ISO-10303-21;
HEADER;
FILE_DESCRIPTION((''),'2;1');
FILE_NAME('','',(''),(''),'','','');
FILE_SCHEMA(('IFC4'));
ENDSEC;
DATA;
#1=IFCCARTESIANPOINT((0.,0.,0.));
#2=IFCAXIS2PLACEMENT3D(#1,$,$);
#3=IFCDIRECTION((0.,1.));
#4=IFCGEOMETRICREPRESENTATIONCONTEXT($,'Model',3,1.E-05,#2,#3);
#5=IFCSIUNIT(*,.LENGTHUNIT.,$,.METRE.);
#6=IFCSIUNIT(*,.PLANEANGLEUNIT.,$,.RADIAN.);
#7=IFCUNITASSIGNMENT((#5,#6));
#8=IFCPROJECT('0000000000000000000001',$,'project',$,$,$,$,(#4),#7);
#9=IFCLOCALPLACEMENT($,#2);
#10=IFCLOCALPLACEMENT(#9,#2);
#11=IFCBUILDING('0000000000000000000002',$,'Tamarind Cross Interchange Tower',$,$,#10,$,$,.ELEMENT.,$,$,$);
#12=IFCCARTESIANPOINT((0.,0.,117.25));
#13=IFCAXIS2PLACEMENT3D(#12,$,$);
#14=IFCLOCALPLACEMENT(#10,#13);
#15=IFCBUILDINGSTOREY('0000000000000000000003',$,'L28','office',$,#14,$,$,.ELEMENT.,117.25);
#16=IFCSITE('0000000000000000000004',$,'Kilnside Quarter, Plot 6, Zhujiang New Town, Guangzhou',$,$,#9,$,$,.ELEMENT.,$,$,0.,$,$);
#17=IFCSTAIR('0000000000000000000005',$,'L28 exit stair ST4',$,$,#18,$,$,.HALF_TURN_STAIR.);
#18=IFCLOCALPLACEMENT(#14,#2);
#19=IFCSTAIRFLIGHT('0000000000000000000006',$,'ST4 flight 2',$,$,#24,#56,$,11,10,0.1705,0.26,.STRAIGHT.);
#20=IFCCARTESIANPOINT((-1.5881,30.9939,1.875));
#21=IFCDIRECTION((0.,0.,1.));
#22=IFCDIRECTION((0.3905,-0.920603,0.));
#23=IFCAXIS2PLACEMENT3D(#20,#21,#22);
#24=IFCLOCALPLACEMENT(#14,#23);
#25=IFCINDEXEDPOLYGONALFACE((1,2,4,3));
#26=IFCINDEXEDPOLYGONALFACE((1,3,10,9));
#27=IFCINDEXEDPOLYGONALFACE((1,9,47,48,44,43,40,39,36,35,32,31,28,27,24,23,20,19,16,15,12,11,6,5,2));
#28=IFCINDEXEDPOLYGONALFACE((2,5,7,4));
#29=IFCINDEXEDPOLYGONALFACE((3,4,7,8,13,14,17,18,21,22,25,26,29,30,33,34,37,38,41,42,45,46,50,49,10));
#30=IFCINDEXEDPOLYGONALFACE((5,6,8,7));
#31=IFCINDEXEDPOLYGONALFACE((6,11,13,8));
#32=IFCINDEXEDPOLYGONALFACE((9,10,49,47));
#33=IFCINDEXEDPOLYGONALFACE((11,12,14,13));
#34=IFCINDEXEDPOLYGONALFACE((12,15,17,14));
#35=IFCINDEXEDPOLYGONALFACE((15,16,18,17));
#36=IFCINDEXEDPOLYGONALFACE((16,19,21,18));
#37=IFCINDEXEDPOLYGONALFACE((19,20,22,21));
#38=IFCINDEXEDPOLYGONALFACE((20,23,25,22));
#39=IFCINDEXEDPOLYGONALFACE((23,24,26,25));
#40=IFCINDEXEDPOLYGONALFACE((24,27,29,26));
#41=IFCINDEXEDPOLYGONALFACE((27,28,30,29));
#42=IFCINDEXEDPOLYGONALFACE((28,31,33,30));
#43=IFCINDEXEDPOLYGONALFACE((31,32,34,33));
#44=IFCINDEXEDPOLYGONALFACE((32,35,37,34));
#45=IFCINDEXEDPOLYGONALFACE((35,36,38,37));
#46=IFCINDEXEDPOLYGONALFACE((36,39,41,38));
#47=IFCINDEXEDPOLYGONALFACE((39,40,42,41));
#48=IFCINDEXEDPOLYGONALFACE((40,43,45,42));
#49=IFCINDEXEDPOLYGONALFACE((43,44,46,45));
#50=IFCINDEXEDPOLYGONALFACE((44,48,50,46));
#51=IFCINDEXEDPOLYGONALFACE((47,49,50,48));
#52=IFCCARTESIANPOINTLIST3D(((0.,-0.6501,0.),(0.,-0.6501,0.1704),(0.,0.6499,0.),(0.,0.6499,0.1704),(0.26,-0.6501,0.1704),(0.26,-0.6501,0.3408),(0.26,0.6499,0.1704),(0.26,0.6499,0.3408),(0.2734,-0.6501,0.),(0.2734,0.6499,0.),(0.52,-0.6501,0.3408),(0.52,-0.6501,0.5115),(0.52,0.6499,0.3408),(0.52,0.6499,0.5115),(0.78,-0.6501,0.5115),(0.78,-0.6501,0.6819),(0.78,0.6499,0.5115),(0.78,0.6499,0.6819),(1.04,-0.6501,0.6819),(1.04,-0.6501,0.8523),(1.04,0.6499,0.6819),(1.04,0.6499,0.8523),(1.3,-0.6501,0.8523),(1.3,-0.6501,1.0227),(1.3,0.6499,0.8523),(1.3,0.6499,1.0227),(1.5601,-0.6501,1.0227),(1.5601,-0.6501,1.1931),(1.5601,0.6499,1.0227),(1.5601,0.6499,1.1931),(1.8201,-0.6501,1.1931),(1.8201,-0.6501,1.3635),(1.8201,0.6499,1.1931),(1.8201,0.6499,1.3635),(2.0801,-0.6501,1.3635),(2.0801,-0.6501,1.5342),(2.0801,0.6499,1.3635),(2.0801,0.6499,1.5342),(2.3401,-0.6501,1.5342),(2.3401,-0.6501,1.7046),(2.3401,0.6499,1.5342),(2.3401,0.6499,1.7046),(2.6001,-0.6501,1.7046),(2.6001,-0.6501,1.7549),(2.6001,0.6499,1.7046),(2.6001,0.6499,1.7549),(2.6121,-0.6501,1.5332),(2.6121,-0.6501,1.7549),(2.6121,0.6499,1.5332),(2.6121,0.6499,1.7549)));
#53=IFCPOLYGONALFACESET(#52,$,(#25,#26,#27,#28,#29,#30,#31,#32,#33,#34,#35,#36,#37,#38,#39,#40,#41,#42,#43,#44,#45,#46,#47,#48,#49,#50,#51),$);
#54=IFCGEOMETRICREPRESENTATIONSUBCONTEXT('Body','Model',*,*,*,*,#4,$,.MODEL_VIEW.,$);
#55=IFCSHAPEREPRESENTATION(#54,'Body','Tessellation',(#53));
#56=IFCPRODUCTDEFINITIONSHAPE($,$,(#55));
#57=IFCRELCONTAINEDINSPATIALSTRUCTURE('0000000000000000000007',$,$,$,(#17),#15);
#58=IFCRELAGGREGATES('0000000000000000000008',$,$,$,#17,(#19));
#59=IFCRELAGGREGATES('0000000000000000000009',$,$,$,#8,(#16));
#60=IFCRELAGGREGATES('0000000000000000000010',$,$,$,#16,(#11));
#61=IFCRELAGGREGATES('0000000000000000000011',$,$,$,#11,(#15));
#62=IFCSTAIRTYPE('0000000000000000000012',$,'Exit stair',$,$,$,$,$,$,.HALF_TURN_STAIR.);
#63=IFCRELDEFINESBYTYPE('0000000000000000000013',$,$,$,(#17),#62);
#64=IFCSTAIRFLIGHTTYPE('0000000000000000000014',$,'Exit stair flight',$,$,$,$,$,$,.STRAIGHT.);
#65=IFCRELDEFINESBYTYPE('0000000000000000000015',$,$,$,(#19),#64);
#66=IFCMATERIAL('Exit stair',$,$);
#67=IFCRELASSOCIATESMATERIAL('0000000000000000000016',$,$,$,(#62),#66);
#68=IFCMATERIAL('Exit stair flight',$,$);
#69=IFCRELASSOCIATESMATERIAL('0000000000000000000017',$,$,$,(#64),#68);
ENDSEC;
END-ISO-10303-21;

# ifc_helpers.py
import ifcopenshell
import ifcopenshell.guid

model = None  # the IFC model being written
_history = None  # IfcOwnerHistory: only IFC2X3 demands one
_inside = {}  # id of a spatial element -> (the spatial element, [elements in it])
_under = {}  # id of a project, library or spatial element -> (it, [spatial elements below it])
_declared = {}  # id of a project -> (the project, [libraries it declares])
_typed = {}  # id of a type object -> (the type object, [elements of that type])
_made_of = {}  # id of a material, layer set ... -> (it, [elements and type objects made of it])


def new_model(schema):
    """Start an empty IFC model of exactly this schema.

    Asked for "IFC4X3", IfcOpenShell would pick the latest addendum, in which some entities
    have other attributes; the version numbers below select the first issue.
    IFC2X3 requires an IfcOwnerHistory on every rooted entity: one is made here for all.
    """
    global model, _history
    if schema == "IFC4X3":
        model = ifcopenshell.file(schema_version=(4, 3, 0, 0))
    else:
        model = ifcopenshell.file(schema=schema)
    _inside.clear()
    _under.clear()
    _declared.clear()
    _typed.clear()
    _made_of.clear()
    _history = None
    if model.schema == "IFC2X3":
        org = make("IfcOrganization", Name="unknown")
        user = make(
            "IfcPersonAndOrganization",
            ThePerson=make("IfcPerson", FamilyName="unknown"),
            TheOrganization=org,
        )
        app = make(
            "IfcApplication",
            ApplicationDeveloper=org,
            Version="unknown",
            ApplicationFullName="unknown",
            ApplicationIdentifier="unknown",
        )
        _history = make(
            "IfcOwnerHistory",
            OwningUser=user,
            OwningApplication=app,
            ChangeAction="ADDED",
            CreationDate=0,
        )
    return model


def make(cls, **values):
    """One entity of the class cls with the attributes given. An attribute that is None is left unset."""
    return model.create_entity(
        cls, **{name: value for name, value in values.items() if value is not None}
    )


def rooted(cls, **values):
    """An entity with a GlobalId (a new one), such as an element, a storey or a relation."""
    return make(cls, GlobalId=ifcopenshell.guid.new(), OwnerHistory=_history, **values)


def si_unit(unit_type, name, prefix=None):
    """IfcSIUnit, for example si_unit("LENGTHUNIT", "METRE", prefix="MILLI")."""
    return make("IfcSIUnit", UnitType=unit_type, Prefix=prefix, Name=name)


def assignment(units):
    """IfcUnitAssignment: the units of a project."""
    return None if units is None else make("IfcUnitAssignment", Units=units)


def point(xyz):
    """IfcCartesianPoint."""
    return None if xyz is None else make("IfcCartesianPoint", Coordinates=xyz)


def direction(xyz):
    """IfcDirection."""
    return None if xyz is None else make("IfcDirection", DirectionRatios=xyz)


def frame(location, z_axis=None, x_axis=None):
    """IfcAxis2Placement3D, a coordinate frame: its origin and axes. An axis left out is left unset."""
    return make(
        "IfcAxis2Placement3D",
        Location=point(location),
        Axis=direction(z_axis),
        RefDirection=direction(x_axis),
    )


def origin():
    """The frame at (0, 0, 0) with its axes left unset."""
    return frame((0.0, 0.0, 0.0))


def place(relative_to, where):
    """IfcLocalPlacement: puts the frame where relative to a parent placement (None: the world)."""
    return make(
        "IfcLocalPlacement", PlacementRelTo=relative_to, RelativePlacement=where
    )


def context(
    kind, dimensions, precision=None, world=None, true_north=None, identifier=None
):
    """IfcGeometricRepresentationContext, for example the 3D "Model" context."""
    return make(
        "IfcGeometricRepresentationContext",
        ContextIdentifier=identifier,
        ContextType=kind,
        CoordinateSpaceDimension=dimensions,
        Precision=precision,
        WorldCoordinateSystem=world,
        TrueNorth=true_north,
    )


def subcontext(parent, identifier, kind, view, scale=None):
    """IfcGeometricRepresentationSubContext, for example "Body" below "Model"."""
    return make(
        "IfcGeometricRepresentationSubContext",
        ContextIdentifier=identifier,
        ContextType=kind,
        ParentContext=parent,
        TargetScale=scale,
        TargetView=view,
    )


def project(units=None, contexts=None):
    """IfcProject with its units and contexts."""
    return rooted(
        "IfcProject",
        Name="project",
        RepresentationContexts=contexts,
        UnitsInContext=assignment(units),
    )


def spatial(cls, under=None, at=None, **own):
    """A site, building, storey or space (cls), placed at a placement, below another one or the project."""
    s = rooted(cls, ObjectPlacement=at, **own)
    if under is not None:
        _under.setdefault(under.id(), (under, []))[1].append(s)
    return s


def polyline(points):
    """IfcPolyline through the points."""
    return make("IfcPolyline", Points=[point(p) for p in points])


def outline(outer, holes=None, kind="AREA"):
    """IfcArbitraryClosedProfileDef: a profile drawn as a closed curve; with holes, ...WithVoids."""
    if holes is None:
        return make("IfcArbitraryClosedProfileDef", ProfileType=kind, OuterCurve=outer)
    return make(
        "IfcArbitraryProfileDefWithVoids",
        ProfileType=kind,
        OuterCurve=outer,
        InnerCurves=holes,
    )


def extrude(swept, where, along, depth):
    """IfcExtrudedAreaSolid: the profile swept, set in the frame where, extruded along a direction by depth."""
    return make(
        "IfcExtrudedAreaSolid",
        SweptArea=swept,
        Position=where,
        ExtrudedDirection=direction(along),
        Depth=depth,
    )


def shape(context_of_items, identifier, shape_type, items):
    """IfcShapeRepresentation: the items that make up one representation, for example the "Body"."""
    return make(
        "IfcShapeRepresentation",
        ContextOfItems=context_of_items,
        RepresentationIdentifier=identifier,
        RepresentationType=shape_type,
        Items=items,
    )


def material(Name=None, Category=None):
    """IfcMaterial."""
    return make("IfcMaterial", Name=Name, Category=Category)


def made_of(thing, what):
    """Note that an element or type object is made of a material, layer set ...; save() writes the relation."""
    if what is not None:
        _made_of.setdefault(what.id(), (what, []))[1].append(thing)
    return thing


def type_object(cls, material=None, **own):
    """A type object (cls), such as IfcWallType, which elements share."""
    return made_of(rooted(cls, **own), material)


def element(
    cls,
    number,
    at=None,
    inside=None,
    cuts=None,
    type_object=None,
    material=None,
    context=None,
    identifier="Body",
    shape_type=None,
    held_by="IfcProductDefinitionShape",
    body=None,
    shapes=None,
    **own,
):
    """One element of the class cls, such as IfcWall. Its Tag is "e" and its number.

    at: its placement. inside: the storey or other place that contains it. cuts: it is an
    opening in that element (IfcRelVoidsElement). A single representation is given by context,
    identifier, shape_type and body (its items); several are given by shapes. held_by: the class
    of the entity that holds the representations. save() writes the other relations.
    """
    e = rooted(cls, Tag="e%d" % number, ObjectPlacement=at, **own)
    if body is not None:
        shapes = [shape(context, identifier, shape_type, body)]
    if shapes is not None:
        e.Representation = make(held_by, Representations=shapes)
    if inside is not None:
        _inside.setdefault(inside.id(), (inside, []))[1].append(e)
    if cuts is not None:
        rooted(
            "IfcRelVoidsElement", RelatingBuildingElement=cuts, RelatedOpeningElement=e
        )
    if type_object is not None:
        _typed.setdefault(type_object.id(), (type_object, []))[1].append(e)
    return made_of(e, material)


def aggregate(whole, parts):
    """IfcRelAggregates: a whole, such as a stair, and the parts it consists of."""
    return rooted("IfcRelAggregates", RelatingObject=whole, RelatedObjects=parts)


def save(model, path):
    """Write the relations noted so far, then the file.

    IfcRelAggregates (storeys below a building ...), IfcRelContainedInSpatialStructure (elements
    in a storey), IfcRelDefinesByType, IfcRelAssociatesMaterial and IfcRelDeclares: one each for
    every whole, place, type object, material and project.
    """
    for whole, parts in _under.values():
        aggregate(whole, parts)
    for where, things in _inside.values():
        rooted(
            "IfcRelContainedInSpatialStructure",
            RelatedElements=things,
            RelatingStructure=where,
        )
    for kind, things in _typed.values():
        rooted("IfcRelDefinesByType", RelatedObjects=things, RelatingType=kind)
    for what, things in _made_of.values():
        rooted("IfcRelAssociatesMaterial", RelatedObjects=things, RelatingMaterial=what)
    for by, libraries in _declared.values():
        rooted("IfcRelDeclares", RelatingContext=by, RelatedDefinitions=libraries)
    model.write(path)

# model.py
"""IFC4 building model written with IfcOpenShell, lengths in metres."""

from ifc_helpers import new_model, si_unit, direction, frame, origin, place, context, subcontext, project, spatial, polyline, outline, extrude, material, type_object, element, aggregate, save


model = new_model("IFC4")

# Units and contexts
model_context = context("Model", 3, precision=1e-05, world=origin(), true_north=direction((0.0, 1.0)))
body_context = subcontext(model_context, "Body", "Model", "MODEL_VIEW")
ifc_project = project(units=[si_unit("LENGTHUNIT", "METRE"), si_unit("PLANEANGLEUNIT", "RADIAN")], contexts=[model_context])

# Site, building, storey
site_placement = place(None, origin())
site = spatial("IfcSite", under=ifc_project, at=site_placement, Name="Kilnside Quarter, Plot 6, Zhujiang New Town, Guangzhou", CompositionType="ELEMENT", RefElevation=0.0)
building_placement = place(site_placement, origin())
building = spatial("IfcBuilding", under=site, at=building_placement, Name="Tamarind Cross Interchange Tower", CompositionType="ELEMENT")
storey_placement = place(building_placement, frame((0.0, 0.0, 117.25)))
storey = spatial("IfcBuildingStorey", under=building, at=storey_placement, Name="L28", Description="office", CompositionType="ELEMENT", Elevation=117.25)

# Stair, stair flight
ifc_material_1 = material(Name="Exit stair")
stair_type = type_object("IfcStairType", Name="Exit stair", PredefinedType="HALF_TURN_STAIR", material=ifc_material_1)
stair_placement = place(storey_placement, origin())
stair = element("IfcStair", 1, at=stair_placement, inside=storey, type_object=stair_type, Name="L28 exit stair ST4", PredefinedType="HALF_TURN_STAIR")
ifc_material_2 = material(Name="Exit stair flight")
stair_flight_type = type_object("IfcStairFlightType", Name="Exit stair flight", PredefinedType="STRAIGHT", material=ifc_material_2)
stair_flight_placement = place(storey_placement, frame((-1.5881, 30.9939, 1.875), z_axis=(0.0, 0.0, 1.0), x_axis=(0.3905, -0.920603, 0.0)))
stair_flight = element("IfcStairFlight", 2, at=stair_flight_placement, type_object=stair_flight_type, Name="ST4 flight 2", NumberOfRisers=11, NumberOfTreads=10, PredefinedType="STRAIGHT", RiserHeight=0.1705, TreadLength=0.26, context=body_context, shape_type="SweptSolid", body=[
    extrude(outline(polyline([(0.0, 0.0), (0.0, 0.1704), (0.26, 0.1704), (0.26, 0.3408), (0.52, 0.3408), (0.52, 0.5115), (0.78, 0.5115), (0.78, 0.6819), (1.04, 0.6819), (1.04, 0.8523), (1.3, 0.8523), (1.3, 1.0227), (1.5601, 1.0227), (1.5601, 1.1931), (1.8201, 1.1931), (1.8201, 1.3635), (2.0801, 1.3635), (2.0801, 1.5342), (2.3401, 1.5342), (2.3401, 1.7046), (2.6001, 1.7046), (2.6001, 1.7549), (2.6121, 1.7549), (2.6121, 1.5332), (0.2734, 0.0), (0.0, 0.0)])), frame((0.0, 0.6499, 0.0), z_axis=(0.0, -1.0, 0.0), x_axis=(1.0, 0.0, 0.0)), (0.0, 0.0, 1.0), 1.3),
])
aggregate(stair, [stair_flight])

save(model, "model.ifc")
